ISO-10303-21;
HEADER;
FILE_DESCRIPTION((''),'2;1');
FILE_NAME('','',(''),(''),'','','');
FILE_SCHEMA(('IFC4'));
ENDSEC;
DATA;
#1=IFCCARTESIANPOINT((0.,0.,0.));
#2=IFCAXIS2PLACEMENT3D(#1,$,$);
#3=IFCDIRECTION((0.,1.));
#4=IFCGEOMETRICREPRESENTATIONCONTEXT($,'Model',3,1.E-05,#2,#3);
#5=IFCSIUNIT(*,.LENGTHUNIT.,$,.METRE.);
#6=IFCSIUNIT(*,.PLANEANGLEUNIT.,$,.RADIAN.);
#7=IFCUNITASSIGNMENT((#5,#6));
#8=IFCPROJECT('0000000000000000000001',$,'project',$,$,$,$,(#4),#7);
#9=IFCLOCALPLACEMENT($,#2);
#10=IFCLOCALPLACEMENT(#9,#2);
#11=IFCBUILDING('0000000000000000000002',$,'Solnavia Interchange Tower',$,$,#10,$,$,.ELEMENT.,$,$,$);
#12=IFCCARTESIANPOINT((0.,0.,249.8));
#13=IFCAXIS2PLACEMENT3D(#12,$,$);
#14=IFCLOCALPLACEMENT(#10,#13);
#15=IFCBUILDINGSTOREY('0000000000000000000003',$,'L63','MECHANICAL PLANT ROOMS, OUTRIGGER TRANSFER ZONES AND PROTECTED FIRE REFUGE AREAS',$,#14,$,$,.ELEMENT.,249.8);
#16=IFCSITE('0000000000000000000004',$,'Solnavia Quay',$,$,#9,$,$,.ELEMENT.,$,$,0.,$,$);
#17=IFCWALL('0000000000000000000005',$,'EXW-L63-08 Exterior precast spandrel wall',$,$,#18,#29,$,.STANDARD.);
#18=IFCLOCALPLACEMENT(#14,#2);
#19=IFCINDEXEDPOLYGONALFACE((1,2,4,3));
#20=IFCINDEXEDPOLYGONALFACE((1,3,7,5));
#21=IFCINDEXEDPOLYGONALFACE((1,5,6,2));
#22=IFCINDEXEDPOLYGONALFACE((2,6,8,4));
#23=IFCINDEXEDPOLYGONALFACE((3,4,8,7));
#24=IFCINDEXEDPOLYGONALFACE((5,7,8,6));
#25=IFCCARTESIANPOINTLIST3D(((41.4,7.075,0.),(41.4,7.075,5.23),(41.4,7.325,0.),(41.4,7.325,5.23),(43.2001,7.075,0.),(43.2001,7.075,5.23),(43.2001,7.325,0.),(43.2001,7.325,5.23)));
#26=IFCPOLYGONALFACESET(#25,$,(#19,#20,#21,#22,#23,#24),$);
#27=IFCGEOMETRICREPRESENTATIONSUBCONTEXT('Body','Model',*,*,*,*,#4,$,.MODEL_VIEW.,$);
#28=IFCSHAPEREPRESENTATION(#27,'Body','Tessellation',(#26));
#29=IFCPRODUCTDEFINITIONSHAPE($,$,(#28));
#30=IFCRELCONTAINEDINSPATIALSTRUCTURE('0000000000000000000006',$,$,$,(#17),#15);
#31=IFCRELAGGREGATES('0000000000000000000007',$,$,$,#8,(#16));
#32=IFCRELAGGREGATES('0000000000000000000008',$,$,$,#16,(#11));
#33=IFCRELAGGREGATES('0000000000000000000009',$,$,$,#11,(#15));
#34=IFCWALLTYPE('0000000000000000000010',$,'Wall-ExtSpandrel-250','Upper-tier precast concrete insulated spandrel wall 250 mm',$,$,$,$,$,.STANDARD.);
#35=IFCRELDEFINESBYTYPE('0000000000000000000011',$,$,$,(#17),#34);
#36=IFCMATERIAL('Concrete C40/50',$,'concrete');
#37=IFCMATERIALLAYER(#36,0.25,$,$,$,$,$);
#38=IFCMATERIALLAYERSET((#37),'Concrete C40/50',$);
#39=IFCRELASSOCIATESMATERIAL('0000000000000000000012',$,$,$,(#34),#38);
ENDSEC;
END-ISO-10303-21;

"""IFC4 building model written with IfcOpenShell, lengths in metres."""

from ifc_helpers import new_model, si_unit, direction, frame, frame_2d, origin, place, context, subcontext, project, spatial, rectangle, extrude, material, layer, layer_set, type_object, element, save


model = new_model("IFC4")

# Units and contexts
model_context = context("Model", 3, precision=1e-05, world=origin(), true_north=direction((0.0, 1.0)))
body_context = subcontext(model_context, "Body", "Model", "MODEL_VIEW")
ifc_project = project(units=[si_unit("LENGTHUNIT", "METRE"), si_unit("PLANEANGLEUNIT", "RADIAN")], contexts=[model_context])

# Site, building, storey
site_placement = place(None, origin())
site = spatial("IfcSite", under=ifc_project, at=site_placement, Name="Solnavia Quay", CompositionType="ELEMENT", RefElevation=0.0)
building_placement = place(site_placement, origin())
building = spatial("IfcBuilding", under=site, at=building_placement, Name="Solnavia Interchange Tower", CompositionType="ELEMENT")
storey_placement = place(building_placement, frame((0.0, 0.0, 249.8)))
storey = spatial("IfcBuildingStorey", under=building, at=storey_placement, Name="L63", Description="MECHANICAL PLANT ROOMS, OUTRIGGER TRANSFER ZONES AND PROTECTED FIRE REFUGE AREAS", CompositionType="ELEMENT", Elevation=249.8)

# Wall
ifc_material_1 = material(Name="Concrete C40/50", Category="concrete")
ifc_layer_1 = layer(ifc_material_1, 0.25)
ifc_layer_set_1 = layer_set([ifc_layer_1], Name="Concrete C40/50")
wall_type = type_object("IfcWallType", Name="Wall-ExtSpandrel-250", Description="Upper-tier precast concrete insulated spandrel wall 250 mm", PredefinedType="STANDARD", material=ifc_layer_set_1)
wall_1_placement = place(storey_placement, frame((43.2, 7.2, 0.0), z_axis=(0.0, 0.0, 1.0), x_axis=(-1.0, 0.0, 0.0)))
element("IfcWall", 1, at=wall_1_placement, inside=storey, type_object=wall_type, Name="EXW-L63-08 Exterior precast spandrel wall", PredefinedType="STANDARD", context=body_context, shape_type="SweptSolid", body=[
    extrude(rectangle(XDim=1.8, YDim=0.25, at=frame_2d((0.8999, 0.0))), origin(), (0.0, 0.0, 1.0), 5.23),
])

save(model, "model.ifc")
